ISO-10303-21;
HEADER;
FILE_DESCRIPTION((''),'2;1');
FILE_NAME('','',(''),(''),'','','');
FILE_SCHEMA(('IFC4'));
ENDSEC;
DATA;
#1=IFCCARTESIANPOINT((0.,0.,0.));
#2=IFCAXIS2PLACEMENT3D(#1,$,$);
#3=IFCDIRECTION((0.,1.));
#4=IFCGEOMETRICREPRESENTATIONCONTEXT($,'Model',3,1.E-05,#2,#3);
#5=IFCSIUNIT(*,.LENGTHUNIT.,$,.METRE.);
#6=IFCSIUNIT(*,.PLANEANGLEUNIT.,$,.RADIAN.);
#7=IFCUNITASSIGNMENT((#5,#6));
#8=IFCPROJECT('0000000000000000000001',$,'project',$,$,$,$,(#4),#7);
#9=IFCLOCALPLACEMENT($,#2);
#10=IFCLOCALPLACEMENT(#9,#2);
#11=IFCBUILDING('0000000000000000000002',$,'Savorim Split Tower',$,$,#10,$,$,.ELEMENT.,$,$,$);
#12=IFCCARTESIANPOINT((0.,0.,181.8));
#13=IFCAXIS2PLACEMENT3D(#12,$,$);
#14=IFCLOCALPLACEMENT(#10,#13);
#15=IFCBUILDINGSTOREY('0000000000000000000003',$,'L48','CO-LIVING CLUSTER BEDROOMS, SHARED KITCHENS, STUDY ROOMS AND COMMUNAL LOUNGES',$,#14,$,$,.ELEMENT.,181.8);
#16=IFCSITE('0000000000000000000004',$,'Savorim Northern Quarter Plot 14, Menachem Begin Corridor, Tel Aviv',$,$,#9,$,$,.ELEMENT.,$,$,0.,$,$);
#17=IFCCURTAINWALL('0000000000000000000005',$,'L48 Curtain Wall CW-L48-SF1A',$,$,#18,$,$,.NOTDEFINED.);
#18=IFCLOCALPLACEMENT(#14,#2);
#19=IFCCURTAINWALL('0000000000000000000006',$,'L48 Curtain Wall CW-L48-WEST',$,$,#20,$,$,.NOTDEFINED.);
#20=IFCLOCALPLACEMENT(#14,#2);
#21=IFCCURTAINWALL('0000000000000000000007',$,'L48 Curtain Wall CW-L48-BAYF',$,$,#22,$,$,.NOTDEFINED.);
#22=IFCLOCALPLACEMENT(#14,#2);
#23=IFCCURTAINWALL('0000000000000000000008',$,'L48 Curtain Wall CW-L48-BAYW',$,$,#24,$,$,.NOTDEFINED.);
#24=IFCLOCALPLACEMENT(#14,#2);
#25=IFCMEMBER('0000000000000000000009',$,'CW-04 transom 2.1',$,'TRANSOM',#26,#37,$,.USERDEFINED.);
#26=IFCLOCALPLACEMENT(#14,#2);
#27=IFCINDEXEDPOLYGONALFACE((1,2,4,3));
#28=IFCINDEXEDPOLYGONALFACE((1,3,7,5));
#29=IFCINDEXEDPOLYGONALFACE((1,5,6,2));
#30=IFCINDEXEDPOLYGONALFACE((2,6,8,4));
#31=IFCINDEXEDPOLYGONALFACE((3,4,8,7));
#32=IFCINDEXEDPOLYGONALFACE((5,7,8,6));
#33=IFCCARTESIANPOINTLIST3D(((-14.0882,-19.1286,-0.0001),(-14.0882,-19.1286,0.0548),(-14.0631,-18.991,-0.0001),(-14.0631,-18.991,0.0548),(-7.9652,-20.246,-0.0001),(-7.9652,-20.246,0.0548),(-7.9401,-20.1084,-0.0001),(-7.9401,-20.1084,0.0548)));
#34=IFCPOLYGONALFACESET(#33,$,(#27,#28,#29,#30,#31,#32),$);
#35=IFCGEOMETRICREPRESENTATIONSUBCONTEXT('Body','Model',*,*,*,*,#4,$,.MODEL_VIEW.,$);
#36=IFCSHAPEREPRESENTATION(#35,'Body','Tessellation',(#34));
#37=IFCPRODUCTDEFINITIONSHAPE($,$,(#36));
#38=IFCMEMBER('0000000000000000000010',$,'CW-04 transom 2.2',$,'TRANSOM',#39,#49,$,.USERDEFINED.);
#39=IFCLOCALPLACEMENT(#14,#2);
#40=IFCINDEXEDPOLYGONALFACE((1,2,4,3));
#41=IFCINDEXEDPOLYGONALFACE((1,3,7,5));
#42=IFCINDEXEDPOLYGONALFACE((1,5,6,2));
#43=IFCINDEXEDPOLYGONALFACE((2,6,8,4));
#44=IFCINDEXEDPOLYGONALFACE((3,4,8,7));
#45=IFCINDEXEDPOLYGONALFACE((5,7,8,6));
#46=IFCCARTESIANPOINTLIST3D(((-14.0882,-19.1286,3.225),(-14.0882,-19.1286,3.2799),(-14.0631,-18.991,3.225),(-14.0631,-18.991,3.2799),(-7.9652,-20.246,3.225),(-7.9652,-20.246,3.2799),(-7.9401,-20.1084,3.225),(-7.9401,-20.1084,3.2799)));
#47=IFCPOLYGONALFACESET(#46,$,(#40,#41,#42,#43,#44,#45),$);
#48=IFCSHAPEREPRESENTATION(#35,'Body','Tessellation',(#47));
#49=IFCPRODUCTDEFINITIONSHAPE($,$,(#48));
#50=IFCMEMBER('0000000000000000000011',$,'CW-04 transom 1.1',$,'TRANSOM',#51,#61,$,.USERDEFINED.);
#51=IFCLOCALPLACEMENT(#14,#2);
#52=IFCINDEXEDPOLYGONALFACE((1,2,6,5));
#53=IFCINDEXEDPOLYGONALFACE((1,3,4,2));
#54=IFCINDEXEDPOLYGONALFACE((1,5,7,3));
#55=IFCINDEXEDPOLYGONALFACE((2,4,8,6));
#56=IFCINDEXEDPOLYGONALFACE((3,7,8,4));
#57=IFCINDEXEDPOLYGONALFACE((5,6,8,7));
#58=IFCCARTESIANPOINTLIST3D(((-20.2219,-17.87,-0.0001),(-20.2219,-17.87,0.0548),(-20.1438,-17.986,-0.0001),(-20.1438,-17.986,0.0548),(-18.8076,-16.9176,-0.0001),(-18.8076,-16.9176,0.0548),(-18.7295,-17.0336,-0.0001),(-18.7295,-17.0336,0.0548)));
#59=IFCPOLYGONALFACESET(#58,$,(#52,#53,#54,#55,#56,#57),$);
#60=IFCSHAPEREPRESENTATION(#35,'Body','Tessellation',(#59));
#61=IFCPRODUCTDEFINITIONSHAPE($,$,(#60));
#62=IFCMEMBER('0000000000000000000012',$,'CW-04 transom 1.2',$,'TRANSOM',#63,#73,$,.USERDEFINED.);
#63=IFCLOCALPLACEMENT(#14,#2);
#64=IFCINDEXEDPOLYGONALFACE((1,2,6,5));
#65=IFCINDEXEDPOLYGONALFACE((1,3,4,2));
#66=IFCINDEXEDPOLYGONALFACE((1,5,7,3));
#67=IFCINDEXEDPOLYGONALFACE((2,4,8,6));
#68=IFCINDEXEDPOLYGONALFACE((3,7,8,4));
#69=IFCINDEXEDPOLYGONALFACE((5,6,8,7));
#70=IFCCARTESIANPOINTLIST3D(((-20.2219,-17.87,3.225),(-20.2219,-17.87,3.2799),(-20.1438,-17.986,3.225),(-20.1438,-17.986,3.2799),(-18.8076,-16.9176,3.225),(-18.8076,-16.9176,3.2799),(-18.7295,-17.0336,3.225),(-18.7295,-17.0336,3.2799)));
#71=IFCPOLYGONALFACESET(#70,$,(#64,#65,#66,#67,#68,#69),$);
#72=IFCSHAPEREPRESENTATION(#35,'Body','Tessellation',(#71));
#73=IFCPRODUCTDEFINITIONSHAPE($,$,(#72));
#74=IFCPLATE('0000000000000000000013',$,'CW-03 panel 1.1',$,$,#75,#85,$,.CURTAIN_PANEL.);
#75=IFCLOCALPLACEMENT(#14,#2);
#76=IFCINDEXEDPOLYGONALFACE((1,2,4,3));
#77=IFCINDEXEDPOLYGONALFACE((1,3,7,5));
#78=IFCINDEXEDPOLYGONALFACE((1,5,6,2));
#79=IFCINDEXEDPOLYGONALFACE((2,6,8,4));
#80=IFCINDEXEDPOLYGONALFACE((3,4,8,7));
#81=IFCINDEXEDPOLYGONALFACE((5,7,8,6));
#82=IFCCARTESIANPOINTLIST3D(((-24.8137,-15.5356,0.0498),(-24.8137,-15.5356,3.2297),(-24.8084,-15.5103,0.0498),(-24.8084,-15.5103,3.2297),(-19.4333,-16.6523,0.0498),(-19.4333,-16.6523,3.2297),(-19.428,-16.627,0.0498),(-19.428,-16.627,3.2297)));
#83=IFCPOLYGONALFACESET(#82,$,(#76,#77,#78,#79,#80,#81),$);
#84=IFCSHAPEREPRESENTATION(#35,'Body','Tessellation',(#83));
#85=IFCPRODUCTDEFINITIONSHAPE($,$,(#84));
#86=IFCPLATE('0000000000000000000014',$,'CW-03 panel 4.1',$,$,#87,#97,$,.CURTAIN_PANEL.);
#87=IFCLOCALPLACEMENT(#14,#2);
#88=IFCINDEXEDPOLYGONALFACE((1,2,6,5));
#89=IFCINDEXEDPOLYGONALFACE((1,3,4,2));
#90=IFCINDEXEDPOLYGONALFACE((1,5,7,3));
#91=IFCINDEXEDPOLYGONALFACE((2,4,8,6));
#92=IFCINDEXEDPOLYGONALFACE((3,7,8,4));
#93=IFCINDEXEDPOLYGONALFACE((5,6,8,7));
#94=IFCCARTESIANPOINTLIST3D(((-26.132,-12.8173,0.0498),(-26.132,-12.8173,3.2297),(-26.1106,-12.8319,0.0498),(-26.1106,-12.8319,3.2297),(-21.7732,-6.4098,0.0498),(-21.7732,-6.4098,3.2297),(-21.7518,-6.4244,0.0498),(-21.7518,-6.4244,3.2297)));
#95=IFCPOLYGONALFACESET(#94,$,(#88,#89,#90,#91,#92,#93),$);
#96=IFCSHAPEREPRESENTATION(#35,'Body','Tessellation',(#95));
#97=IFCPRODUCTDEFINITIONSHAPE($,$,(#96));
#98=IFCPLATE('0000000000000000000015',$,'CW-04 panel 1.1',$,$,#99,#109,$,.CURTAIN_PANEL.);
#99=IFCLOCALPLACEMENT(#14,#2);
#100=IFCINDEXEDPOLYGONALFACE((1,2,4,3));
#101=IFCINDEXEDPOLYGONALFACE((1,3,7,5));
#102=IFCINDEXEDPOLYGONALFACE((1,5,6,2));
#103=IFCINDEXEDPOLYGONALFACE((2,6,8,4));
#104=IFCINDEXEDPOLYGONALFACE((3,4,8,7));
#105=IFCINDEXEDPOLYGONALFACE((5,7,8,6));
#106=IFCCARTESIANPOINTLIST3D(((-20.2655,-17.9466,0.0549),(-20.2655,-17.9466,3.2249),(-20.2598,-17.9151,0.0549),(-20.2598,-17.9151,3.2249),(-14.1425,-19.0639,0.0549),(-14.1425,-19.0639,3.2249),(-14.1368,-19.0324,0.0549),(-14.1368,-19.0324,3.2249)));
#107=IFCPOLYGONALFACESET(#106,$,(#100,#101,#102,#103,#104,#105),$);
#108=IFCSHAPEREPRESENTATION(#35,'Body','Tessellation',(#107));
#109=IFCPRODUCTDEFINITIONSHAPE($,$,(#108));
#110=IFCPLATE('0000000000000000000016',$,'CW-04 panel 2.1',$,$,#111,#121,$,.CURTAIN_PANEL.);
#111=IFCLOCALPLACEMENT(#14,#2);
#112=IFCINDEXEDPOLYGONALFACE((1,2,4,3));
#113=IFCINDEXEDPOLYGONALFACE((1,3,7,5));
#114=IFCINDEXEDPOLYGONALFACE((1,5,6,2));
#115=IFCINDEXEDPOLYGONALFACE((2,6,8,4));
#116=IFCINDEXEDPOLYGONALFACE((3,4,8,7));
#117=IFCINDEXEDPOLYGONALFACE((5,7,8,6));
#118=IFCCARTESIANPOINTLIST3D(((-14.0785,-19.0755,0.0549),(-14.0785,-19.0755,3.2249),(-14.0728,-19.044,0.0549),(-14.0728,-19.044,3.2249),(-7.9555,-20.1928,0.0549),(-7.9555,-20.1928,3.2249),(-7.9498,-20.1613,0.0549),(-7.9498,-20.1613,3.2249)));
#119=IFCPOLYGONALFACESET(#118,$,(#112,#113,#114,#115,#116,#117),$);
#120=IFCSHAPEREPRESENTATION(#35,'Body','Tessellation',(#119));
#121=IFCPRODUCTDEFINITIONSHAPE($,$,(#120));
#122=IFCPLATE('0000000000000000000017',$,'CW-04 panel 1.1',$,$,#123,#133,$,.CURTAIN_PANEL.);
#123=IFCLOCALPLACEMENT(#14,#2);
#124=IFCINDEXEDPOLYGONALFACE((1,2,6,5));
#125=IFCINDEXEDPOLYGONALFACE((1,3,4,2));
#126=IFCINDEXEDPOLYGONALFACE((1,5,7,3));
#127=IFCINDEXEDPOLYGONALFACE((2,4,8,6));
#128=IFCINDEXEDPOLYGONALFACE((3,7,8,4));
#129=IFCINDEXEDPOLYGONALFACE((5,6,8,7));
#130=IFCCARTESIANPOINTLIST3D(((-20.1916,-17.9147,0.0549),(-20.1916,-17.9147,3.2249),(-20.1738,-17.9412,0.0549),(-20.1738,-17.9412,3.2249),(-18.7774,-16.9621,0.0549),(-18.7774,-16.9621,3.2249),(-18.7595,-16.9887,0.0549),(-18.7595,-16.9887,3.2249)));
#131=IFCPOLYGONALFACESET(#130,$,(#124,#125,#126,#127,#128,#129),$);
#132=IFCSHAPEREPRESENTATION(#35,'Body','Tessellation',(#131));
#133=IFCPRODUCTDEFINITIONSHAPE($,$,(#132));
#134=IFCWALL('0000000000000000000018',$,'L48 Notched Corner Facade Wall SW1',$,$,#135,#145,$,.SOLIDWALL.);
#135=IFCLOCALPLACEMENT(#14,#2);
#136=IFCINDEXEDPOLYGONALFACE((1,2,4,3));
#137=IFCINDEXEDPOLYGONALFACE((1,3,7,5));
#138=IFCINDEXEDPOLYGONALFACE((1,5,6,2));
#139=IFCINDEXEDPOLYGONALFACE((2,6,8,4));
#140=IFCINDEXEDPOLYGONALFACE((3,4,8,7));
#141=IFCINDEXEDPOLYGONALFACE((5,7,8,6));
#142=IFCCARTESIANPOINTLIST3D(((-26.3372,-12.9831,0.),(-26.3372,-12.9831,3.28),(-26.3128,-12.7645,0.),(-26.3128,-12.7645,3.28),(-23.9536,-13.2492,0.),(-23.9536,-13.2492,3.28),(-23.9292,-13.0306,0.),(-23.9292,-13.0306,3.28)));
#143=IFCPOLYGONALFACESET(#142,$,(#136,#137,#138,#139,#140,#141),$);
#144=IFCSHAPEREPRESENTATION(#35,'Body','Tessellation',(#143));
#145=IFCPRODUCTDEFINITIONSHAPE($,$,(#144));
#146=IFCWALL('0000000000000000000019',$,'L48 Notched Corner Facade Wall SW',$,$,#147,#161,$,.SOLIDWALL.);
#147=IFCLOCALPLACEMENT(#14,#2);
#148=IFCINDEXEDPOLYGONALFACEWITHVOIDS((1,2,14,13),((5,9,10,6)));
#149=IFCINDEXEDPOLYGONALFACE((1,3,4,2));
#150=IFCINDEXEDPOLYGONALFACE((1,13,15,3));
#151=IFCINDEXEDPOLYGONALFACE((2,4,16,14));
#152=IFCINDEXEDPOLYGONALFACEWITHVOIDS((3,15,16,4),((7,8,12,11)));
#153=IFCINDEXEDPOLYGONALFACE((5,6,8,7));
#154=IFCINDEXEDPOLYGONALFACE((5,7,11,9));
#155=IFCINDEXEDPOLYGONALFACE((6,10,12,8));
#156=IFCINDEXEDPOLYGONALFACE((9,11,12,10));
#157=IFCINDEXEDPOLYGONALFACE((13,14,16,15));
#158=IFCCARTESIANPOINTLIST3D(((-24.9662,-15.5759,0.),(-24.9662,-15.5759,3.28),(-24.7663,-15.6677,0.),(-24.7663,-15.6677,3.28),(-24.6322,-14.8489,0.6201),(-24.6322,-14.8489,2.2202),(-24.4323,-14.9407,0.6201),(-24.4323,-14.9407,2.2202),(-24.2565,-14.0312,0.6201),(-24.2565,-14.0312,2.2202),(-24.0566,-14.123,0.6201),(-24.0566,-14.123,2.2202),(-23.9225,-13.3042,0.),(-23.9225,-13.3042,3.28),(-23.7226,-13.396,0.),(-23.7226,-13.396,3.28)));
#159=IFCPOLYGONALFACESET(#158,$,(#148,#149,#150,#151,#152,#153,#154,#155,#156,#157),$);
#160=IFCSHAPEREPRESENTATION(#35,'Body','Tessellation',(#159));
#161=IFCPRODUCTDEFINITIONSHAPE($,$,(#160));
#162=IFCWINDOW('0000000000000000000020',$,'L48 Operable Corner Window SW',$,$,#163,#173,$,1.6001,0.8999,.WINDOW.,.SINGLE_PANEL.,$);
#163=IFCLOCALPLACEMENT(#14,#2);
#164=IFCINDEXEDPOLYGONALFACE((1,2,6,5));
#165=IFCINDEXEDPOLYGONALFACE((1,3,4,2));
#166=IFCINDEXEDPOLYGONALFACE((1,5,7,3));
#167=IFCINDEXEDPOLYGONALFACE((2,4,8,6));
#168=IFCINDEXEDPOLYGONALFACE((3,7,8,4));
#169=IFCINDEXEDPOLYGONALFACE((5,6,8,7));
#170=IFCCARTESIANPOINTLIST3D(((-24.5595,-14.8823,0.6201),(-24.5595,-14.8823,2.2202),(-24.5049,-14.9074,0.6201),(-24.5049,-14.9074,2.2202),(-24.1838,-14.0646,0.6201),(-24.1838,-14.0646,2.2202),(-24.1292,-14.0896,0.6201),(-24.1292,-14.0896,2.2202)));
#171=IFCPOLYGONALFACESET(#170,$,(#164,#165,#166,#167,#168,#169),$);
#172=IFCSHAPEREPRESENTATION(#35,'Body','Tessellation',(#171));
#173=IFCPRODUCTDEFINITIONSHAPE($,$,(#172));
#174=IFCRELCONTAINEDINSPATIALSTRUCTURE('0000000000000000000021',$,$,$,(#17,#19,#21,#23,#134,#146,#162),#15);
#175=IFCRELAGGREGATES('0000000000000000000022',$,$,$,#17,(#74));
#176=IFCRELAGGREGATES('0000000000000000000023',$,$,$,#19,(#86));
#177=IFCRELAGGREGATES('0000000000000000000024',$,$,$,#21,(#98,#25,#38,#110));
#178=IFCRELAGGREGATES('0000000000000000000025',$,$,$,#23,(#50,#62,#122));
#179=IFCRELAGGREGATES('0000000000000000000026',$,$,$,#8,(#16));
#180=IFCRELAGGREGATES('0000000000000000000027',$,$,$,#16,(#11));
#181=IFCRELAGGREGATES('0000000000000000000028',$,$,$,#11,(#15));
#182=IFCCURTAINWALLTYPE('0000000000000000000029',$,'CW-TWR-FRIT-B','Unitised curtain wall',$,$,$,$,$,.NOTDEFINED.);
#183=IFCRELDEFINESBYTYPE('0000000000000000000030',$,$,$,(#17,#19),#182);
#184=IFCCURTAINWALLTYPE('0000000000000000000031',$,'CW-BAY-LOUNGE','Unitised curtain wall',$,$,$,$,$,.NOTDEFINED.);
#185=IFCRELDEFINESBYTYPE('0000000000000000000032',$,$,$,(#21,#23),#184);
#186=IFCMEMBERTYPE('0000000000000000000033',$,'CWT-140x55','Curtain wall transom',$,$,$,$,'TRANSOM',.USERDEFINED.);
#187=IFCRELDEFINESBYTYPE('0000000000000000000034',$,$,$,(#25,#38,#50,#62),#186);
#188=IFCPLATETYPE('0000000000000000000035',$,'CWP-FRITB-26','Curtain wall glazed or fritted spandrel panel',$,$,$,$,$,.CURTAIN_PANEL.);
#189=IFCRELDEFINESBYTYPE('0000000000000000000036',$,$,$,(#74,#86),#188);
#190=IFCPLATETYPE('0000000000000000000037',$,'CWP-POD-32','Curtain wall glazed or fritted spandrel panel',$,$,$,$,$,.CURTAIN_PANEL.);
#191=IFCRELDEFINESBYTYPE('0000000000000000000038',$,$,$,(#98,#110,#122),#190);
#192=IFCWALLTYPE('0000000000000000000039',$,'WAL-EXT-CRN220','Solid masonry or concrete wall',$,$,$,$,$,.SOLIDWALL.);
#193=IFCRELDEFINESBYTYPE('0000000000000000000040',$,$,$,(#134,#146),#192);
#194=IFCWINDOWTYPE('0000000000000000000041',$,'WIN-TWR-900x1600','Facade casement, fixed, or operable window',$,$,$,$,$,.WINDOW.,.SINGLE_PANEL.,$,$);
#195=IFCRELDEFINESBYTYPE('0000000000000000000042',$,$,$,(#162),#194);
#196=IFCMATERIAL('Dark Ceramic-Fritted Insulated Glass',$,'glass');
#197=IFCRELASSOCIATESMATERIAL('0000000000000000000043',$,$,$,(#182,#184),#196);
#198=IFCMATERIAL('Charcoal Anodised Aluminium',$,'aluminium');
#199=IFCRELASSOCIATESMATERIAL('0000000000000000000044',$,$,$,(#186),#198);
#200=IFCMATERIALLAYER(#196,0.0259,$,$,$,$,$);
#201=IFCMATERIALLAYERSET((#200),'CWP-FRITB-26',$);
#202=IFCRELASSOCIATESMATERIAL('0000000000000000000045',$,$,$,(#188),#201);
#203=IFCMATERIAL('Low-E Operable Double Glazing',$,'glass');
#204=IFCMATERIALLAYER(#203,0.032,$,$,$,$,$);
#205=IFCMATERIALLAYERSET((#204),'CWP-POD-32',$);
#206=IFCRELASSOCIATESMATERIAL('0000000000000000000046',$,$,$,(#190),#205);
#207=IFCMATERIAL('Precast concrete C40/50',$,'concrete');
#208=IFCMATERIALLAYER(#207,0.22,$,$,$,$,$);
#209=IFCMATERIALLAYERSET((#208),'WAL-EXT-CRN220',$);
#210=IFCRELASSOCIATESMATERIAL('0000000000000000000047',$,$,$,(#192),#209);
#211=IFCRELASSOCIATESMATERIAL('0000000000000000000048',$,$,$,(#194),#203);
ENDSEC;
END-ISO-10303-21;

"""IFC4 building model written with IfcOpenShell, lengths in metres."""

from ifc_helpers import new_model, si_unit, direction, frame, frame_2d, origin, origin_2d, place, context, subcontext, project, spatial, rectangle, extrude, material, layer, layer_set, material_profile, profile_set, type_object, element, fill, aggregate, save


model = new_model("IFC4")

# Units and contexts
model_context = context("Model", 3, precision=1e-05, world=origin(), true_north=direction((0.0, 1.0)))
body_context = subcontext(model_context, "Body", "Model", "MODEL_VIEW")
ifc_project = project(units=[si_unit("LENGTHUNIT", "METRE"), si_unit("PLANEANGLEUNIT", "RADIAN")], contexts=[model_context])

# Site, building, storey
site_placement = place(None, origin())
site = spatial("IfcSite", under=ifc_project, at=site_placement, Name="Savorim Northern Quarter Plot 14, Menachem Begin Corridor, Tel Aviv", CompositionType="ELEMENT", RefElevation=0.0)
building_placement = place(site_placement, origin())
building = spatial("IfcBuilding", under=site, at=building_placement, Name="Savorim Split Tower", CompositionType="ELEMENT")
storey_placement = place(building_placement, frame((0.0, 0.0, 181.8)))
storey = spatial("IfcBuildingStorey", under=building, at=storey_placement, Name="L48", Description="CO-LIVING CLUSTER BEDROOMS, SHARED KITCHENS, STUDY ROOMS AND COMMUNAL LOUNGES", CompositionType="ELEMENT", Elevation=181.8)

# Curtain walls
ifc_material_1 = material(Name="Dark Ceramic-Fritted Insulated Glass", Category="glass")
curtain_wall_type_1 = type_object("IfcCurtainWallType", Name="CW-TWR-FRIT-B", Description="Unitised curtain wall", PredefinedType="NOTDEFINED", material=ifc_material_1)
curtain_wall_1_placement = place(storey_placement, origin())
curtain_wall_1 = element("IfcCurtainWall", 1, at=curtain_wall_1_placement, inside=storey, type_object=curtain_wall_type_1, Name="L48 Curtain Wall CW-L48-SF1A", PredefinedType="NOTDEFINED")
ifc_material_2 = material(Name="Charcoal Anodised Aluminium", Category="aluminium")
curtain_wall_2_placement = place(storey_placement, origin())
curtain_wall_2 = element("IfcCurtainWall", 2, at=curtain_wall_2_placement, inside=storey, type_object=curtain_wall_type_1, Name="L48 Curtain Wall CW-L48-WEST", PredefinedType="NOTDEFINED")
curtain_wall_type_2 = type_object("IfcCurtainWallType", Name="CW-BAY-LOUNGE", Description="Unitised curtain wall", PredefinedType="NOTDEFINED", material=ifc_material_1)
curtain_wall_3_placement = place(storey_placement, origin())
curtain_wall_3 = element("IfcCurtainWall", 3, at=curtain_wall_3_placement, inside=storey, type_object=curtain_wall_type_2, Name="L48 Curtain Wall CW-L48-BAYF", PredefinedType="NOTDEFINED")
curtain_wall_4_placement = place(storey_placement, origin())
curtain_wall_4 = element("IfcCurtainWall", 4, at=curtain_wall_4_placement, inside=storey, type_object=curtain_wall_type_2, Name="L48 Curtain Wall CW-L48-BAYW", PredefinedType="NOTDEFINED")

# Members
ifc_material_profile_1 = material_profile(ifc_material_2, rectangle(XDim=0.1399, YDim=0.0549, at=origin_2d()), Name="ALU-T 140x55")
ifc_profile_set_1 = profile_set([ifc_material_profile_1], Name="Charcoal Anodised Aluminium")
member_type_1 = type_object("IfcMemberType", Name="CWT-140x55", Description="Curtain wall transom", ElementType="TRANSOM", PredefinedType="USERDEFINED", material=ifc_profile_set_1)
member_1_placement = place(storey_placement, frame((-14.0757, -19.0598, 0.0273), z_axis=(0.983752, -0.179531, 0.0), x_axis=(0.179531, 0.983752, 0.0)))
member_1 = element("IfcMember", 5, at=member_1_placement, type_object=member_type_1, Name="CW-04 transom 2.1", ObjectType="TRANSOM", PredefinedType="USERDEFINED", context=body_context, shape_type="SweptSolid", body=[
    extrude(rectangle(XDim=0.1399, YDim=0.0549, at=origin_2d()), origin(), (0.0, 0.0, 1.0), 6.2241),
])
member_2_placement = place(storey_placement, frame((-14.0757, -19.0598, 3.2524), z_axis=(0.983752, -0.179531, 0.0), x_axis=(0.179531, 0.983752, 0.0)))
member_2 = element("IfcMember", 6, at=member_2_placement, type_object=member_type_1, Name="CW-04 transom 2.2", ObjectType="TRANSOM", PredefinedType="USERDEFINED", context=body_context, shape_type="SweptSolid", body=[
    extrude(rectangle(XDim=0.1399, YDim=0.0549, at=origin_2d()), origin(), (0.0, 0.0, 1.0), 6.2241),
])
member_3_placement = place(storey_placement, frame((-18.7686, -16.9756, 0.0273), z_axis=(-0.829464, -0.55856, 0.0), x_axis=(0.55856, -0.829464, 0.0)))
member_3 = element("IfcMember", 7, at=member_3_placement, type_object=member_type_1, Name="CW-04 transom 1.1", ObjectType="TRANSOM", PredefinedType="USERDEFINED", context=body_context, shape_type="SweptSolid", body=[
    extrude(rectangle(XDim=0.1399, YDim=0.0549, at=origin_2d()), origin(), (0.0, 0.0, 1.0), 1.7051),
])
member_4_placement = place(storey_placement, frame((-18.7686, -16.9756, 3.2524), z_axis=(-0.829464, -0.55856, 0.0), x_axis=(0.55856, -0.829464, 0.0)))
member_4 = element("IfcMember", 8, at=member_4_placement, type_object=member_type_1, Name="CW-04 transom 1.2", ObjectType="TRANSOM", PredefinedType="USERDEFINED", context=body_context, shape_type="SweptSolid", body=[
    extrude(rectangle(XDim=0.1399, YDim=0.0549, at=origin_2d()), origin(), (0.0, 0.0, 1.0), 1.7051),
])

# Plates
ifc_layer_1 = layer(ifc_material_1, 0.0259)
ifc_layer_set_1 = layer_set([ifc_layer_1], Name="CWP-FRITB-26")
plate_type_1 = type_object("IfcPlateType", Name="CWP-FRITB-26", Description="Curtain wall glazed or fritted spandrel panel", PredefinedType="CURTAIN_PANEL", material=ifc_layer_set_1)
plate_1_placement = place(storey_placement, frame((-22.1208, -16.0813, 0.0498), z_axis=(0.0, 0.0, 1.0), x_axis=(0.979133, -0.203221, 0.0)))
plate_1 = element("IfcPlate", 9, at=plate_1_placement, type_object=plate_type_1, Name="CW-03 panel 1.1", PredefinedType="CURTAIN_PANEL", context=body_context, shape_type="SweptSolid", body=[
    extrude(rectangle(XDim=5.4951, YDim=0.0259, at=origin_2d()), origin(), (0.0, 0.0, 1.0), 3.1799),
])
aggregate(curtain_wall_1, [plate_1])
plate_2_placement = place(storey_placement, frame((-23.9419, -9.6208, 0.0498), z_axis=(0.0, 0.0, 1.0), x_axis=(-0.562468, -0.826819, 0.0)))
plate_2 = element("IfcPlate", 10, at=plate_2_placement, type_object=plate_type_1, Name="CW-03 panel 4.1", PredefinedType="CURTAIN_PANEL", context=body_context, shape_type="SweptSolid", body=[
    extrude(rectangle(XDim=7.7495, YDim=0.0259, at=origin_2d()), origin(), (0.0, 0.0, 1.0), 3.1799),
])
aggregate(curtain_wall_2, [plate_2])
ifc_material_3 = material(Name="Low-E Operable Double Glazing", Category="glass")
ifc_layer_2 = layer(ifc_material_3, 0.032)
ifc_layer_set_2 = layer_set([ifc_layer_2], Name="CWP-POD-32")
plate_type_2 = type_object("IfcPlateType", Name="CWP-POD-32", Description="Curtain wall glazed or fritted spandrel panel", PredefinedType="CURTAIN_PANEL", material=ifc_layer_set_2)
plate_3_placement = place(storey_placement, frame((-17.2012, -18.4895, 0.0549), z_axis=(0.0, 0.0, 1.0), x_axis=(0.983755, -0.179518, 0.0)))
plate_3 = element("IfcPlate", 11, at=plate_3_placement, type_object=plate_type_2, Name="CW-04 panel 1.1", PredefinedType="CURTAIN_PANEL", context=body_context, shape_type="SweptSolid", body=[
    extrude(rectangle(XDim=6.2241, YDim=0.032, at=origin_2d()), origin(), (0.0, 0.0, 1.0), 3.1699),
])
plate_4_placement = place(storey_placement, frame((-11.0142, -19.6184, 0.0549), z_axis=(0.0, 0.0, 1.0), x_axis=(0.983755, -0.179518, 0.0)))
plate_4 = element("IfcPlate", 12, at=plate_4_placement, type_object=plate_type_2, Name="CW-04 panel 2.1", PredefinedType="CURTAIN_PANEL", context=body_context, shape_type="SweptSolid", body=[
    extrude(rectangle(XDim=6.2241, YDim=0.032, at=origin_2d()), origin(), (0.0, 0.0, 1.0), 3.1699),
])
aggregate(curtain_wall_3, [plate_3, member_1, member_2, plate_4])
plate_5_placement = place(storey_placement, frame((-19.4756, -17.4517, 0.0549), z_axis=(0.0, 0.0, 1.0), x_axis=(-0.829417, -0.55863, 0.0)))
plate_5 = element("IfcPlate", 13, at=plate_5_placement, type_object=plate_type_2, Name="CW-04 panel 1.1", PredefinedType="CURTAIN_PANEL", context=body_context, shape_type="SweptSolid", body=[
    extrude(rectangle(XDim=1.7051, YDim=0.032, at=origin_2d()), origin(), (0.0, 0.0, 1.0), 3.1699),
])
aggregate(curtain_wall_4, [member_3, member_4, plate_5])

# Wall
ifc_material_4 = material(Name="Precast concrete C40/50", Category="concrete")
ifc_layer_3 = layer(ifc_material_4, 0.22)
ifc_layer_set_3 = layer_set([ifc_layer_3], Name="WAL-EXT-CRN220")
wall_type = type_object("IfcWallType", Name="WAL-EXT-CRN220", Description="Solid masonry or concrete wall", PredefinedType="SOLIDWALL", material=ifc_layer_set_3)
wall_1_placement = place(storey_placement, frame((-23.9414, -13.1399, 0.0), z_axis=(0.0, 0.0, 1.0), x_axis=(-0.993825, 0.110957, 0.0)))
element("IfcWall", 14, at=wall_1_placement, inside=storey, type_object=wall_type, Name="L48 Notched Corner Facade Wall SW1", PredefinedType="SOLIDWALL", context=body_context, shape_type="SweptSolid", body=[
    extrude(rectangle(XDim=2.3984, YDim=0.22, at=frame_2d((1.1992, 0.0))), origin(), (0.0, 0.0, 1.0), 3.28),
])

# Wall, opening, window
wall_2_placement = place(storey_placement, frame((-24.8662, -15.6218, 0.0), z_axis=(0.0, 0.0, 1.0), x_axis=(0.417478, 0.908687, 0.0)))
wall_2 = element("IfcWall", 15, at=wall_2_placement, inside=storey, type_object=wall_type, Name="L48 Notched Corner Facade Wall SW", PredefinedType="SOLIDWALL", context=body_context, shape_type="SweptSolid", body=[
    extrude(rectangle(XDim=2.5, YDim=0.22, at=frame_2d((1.25, 0.0))), origin(), (0.0, 0.0, 1.0), 3.28),
])
opening_placement = place(wall_2_placement, frame((0.8, 0.0, 0.6201)))
opening = element("IfcOpeningElement", 16, at=opening_placement, cuts=wall_2, PredefinedType="OPENING", context=body_context, shape_type="SweptSolid", body=[
    extrude(rectangle(XDim=0.8999, YDim=1.6001, at=frame_2d((0.45, 0.8))), frame((0.0, 0.1199, 0.0), z_axis=(0.0, -1.0, 0.0), x_axis=(1.0, 0.0, 0.0)), (0.0, 0.0, 1.0), 0.24),
])
window_type = type_object("IfcWindowType", Name="WIN-TWR-900x1600", Description="Facade casement, fixed, or operable window", PartitioningType="SINGLE_PANEL", PredefinedType="WINDOW", material=ifc_material_3)
window_placement = place(opening_placement, origin())
window = element("IfcWindow", 17, at=window_placement, inside=storey, type_object=window_type, Name="L48 Operable Corner Window SW", OverallHeight=1.6001, OverallWidth=0.8999, PartitioningType="SINGLE_PANEL", PredefinedType="WINDOW", context=body_context, shape_type="SweptSolid", body=[
    extrude(rectangle(XDim=0.8999, YDim=1.6001, at=frame_2d((0.45, 0.8))), frame((0.0, 0.03, 0.0), z_axis=(0.0, -1.0, 0.0), x_axis=(1.0, 0.0, 0.0)), (0.0, 0.0, 1.0), 0.0601),
])
fill(opening, window)

save(model, "model.ifc")
